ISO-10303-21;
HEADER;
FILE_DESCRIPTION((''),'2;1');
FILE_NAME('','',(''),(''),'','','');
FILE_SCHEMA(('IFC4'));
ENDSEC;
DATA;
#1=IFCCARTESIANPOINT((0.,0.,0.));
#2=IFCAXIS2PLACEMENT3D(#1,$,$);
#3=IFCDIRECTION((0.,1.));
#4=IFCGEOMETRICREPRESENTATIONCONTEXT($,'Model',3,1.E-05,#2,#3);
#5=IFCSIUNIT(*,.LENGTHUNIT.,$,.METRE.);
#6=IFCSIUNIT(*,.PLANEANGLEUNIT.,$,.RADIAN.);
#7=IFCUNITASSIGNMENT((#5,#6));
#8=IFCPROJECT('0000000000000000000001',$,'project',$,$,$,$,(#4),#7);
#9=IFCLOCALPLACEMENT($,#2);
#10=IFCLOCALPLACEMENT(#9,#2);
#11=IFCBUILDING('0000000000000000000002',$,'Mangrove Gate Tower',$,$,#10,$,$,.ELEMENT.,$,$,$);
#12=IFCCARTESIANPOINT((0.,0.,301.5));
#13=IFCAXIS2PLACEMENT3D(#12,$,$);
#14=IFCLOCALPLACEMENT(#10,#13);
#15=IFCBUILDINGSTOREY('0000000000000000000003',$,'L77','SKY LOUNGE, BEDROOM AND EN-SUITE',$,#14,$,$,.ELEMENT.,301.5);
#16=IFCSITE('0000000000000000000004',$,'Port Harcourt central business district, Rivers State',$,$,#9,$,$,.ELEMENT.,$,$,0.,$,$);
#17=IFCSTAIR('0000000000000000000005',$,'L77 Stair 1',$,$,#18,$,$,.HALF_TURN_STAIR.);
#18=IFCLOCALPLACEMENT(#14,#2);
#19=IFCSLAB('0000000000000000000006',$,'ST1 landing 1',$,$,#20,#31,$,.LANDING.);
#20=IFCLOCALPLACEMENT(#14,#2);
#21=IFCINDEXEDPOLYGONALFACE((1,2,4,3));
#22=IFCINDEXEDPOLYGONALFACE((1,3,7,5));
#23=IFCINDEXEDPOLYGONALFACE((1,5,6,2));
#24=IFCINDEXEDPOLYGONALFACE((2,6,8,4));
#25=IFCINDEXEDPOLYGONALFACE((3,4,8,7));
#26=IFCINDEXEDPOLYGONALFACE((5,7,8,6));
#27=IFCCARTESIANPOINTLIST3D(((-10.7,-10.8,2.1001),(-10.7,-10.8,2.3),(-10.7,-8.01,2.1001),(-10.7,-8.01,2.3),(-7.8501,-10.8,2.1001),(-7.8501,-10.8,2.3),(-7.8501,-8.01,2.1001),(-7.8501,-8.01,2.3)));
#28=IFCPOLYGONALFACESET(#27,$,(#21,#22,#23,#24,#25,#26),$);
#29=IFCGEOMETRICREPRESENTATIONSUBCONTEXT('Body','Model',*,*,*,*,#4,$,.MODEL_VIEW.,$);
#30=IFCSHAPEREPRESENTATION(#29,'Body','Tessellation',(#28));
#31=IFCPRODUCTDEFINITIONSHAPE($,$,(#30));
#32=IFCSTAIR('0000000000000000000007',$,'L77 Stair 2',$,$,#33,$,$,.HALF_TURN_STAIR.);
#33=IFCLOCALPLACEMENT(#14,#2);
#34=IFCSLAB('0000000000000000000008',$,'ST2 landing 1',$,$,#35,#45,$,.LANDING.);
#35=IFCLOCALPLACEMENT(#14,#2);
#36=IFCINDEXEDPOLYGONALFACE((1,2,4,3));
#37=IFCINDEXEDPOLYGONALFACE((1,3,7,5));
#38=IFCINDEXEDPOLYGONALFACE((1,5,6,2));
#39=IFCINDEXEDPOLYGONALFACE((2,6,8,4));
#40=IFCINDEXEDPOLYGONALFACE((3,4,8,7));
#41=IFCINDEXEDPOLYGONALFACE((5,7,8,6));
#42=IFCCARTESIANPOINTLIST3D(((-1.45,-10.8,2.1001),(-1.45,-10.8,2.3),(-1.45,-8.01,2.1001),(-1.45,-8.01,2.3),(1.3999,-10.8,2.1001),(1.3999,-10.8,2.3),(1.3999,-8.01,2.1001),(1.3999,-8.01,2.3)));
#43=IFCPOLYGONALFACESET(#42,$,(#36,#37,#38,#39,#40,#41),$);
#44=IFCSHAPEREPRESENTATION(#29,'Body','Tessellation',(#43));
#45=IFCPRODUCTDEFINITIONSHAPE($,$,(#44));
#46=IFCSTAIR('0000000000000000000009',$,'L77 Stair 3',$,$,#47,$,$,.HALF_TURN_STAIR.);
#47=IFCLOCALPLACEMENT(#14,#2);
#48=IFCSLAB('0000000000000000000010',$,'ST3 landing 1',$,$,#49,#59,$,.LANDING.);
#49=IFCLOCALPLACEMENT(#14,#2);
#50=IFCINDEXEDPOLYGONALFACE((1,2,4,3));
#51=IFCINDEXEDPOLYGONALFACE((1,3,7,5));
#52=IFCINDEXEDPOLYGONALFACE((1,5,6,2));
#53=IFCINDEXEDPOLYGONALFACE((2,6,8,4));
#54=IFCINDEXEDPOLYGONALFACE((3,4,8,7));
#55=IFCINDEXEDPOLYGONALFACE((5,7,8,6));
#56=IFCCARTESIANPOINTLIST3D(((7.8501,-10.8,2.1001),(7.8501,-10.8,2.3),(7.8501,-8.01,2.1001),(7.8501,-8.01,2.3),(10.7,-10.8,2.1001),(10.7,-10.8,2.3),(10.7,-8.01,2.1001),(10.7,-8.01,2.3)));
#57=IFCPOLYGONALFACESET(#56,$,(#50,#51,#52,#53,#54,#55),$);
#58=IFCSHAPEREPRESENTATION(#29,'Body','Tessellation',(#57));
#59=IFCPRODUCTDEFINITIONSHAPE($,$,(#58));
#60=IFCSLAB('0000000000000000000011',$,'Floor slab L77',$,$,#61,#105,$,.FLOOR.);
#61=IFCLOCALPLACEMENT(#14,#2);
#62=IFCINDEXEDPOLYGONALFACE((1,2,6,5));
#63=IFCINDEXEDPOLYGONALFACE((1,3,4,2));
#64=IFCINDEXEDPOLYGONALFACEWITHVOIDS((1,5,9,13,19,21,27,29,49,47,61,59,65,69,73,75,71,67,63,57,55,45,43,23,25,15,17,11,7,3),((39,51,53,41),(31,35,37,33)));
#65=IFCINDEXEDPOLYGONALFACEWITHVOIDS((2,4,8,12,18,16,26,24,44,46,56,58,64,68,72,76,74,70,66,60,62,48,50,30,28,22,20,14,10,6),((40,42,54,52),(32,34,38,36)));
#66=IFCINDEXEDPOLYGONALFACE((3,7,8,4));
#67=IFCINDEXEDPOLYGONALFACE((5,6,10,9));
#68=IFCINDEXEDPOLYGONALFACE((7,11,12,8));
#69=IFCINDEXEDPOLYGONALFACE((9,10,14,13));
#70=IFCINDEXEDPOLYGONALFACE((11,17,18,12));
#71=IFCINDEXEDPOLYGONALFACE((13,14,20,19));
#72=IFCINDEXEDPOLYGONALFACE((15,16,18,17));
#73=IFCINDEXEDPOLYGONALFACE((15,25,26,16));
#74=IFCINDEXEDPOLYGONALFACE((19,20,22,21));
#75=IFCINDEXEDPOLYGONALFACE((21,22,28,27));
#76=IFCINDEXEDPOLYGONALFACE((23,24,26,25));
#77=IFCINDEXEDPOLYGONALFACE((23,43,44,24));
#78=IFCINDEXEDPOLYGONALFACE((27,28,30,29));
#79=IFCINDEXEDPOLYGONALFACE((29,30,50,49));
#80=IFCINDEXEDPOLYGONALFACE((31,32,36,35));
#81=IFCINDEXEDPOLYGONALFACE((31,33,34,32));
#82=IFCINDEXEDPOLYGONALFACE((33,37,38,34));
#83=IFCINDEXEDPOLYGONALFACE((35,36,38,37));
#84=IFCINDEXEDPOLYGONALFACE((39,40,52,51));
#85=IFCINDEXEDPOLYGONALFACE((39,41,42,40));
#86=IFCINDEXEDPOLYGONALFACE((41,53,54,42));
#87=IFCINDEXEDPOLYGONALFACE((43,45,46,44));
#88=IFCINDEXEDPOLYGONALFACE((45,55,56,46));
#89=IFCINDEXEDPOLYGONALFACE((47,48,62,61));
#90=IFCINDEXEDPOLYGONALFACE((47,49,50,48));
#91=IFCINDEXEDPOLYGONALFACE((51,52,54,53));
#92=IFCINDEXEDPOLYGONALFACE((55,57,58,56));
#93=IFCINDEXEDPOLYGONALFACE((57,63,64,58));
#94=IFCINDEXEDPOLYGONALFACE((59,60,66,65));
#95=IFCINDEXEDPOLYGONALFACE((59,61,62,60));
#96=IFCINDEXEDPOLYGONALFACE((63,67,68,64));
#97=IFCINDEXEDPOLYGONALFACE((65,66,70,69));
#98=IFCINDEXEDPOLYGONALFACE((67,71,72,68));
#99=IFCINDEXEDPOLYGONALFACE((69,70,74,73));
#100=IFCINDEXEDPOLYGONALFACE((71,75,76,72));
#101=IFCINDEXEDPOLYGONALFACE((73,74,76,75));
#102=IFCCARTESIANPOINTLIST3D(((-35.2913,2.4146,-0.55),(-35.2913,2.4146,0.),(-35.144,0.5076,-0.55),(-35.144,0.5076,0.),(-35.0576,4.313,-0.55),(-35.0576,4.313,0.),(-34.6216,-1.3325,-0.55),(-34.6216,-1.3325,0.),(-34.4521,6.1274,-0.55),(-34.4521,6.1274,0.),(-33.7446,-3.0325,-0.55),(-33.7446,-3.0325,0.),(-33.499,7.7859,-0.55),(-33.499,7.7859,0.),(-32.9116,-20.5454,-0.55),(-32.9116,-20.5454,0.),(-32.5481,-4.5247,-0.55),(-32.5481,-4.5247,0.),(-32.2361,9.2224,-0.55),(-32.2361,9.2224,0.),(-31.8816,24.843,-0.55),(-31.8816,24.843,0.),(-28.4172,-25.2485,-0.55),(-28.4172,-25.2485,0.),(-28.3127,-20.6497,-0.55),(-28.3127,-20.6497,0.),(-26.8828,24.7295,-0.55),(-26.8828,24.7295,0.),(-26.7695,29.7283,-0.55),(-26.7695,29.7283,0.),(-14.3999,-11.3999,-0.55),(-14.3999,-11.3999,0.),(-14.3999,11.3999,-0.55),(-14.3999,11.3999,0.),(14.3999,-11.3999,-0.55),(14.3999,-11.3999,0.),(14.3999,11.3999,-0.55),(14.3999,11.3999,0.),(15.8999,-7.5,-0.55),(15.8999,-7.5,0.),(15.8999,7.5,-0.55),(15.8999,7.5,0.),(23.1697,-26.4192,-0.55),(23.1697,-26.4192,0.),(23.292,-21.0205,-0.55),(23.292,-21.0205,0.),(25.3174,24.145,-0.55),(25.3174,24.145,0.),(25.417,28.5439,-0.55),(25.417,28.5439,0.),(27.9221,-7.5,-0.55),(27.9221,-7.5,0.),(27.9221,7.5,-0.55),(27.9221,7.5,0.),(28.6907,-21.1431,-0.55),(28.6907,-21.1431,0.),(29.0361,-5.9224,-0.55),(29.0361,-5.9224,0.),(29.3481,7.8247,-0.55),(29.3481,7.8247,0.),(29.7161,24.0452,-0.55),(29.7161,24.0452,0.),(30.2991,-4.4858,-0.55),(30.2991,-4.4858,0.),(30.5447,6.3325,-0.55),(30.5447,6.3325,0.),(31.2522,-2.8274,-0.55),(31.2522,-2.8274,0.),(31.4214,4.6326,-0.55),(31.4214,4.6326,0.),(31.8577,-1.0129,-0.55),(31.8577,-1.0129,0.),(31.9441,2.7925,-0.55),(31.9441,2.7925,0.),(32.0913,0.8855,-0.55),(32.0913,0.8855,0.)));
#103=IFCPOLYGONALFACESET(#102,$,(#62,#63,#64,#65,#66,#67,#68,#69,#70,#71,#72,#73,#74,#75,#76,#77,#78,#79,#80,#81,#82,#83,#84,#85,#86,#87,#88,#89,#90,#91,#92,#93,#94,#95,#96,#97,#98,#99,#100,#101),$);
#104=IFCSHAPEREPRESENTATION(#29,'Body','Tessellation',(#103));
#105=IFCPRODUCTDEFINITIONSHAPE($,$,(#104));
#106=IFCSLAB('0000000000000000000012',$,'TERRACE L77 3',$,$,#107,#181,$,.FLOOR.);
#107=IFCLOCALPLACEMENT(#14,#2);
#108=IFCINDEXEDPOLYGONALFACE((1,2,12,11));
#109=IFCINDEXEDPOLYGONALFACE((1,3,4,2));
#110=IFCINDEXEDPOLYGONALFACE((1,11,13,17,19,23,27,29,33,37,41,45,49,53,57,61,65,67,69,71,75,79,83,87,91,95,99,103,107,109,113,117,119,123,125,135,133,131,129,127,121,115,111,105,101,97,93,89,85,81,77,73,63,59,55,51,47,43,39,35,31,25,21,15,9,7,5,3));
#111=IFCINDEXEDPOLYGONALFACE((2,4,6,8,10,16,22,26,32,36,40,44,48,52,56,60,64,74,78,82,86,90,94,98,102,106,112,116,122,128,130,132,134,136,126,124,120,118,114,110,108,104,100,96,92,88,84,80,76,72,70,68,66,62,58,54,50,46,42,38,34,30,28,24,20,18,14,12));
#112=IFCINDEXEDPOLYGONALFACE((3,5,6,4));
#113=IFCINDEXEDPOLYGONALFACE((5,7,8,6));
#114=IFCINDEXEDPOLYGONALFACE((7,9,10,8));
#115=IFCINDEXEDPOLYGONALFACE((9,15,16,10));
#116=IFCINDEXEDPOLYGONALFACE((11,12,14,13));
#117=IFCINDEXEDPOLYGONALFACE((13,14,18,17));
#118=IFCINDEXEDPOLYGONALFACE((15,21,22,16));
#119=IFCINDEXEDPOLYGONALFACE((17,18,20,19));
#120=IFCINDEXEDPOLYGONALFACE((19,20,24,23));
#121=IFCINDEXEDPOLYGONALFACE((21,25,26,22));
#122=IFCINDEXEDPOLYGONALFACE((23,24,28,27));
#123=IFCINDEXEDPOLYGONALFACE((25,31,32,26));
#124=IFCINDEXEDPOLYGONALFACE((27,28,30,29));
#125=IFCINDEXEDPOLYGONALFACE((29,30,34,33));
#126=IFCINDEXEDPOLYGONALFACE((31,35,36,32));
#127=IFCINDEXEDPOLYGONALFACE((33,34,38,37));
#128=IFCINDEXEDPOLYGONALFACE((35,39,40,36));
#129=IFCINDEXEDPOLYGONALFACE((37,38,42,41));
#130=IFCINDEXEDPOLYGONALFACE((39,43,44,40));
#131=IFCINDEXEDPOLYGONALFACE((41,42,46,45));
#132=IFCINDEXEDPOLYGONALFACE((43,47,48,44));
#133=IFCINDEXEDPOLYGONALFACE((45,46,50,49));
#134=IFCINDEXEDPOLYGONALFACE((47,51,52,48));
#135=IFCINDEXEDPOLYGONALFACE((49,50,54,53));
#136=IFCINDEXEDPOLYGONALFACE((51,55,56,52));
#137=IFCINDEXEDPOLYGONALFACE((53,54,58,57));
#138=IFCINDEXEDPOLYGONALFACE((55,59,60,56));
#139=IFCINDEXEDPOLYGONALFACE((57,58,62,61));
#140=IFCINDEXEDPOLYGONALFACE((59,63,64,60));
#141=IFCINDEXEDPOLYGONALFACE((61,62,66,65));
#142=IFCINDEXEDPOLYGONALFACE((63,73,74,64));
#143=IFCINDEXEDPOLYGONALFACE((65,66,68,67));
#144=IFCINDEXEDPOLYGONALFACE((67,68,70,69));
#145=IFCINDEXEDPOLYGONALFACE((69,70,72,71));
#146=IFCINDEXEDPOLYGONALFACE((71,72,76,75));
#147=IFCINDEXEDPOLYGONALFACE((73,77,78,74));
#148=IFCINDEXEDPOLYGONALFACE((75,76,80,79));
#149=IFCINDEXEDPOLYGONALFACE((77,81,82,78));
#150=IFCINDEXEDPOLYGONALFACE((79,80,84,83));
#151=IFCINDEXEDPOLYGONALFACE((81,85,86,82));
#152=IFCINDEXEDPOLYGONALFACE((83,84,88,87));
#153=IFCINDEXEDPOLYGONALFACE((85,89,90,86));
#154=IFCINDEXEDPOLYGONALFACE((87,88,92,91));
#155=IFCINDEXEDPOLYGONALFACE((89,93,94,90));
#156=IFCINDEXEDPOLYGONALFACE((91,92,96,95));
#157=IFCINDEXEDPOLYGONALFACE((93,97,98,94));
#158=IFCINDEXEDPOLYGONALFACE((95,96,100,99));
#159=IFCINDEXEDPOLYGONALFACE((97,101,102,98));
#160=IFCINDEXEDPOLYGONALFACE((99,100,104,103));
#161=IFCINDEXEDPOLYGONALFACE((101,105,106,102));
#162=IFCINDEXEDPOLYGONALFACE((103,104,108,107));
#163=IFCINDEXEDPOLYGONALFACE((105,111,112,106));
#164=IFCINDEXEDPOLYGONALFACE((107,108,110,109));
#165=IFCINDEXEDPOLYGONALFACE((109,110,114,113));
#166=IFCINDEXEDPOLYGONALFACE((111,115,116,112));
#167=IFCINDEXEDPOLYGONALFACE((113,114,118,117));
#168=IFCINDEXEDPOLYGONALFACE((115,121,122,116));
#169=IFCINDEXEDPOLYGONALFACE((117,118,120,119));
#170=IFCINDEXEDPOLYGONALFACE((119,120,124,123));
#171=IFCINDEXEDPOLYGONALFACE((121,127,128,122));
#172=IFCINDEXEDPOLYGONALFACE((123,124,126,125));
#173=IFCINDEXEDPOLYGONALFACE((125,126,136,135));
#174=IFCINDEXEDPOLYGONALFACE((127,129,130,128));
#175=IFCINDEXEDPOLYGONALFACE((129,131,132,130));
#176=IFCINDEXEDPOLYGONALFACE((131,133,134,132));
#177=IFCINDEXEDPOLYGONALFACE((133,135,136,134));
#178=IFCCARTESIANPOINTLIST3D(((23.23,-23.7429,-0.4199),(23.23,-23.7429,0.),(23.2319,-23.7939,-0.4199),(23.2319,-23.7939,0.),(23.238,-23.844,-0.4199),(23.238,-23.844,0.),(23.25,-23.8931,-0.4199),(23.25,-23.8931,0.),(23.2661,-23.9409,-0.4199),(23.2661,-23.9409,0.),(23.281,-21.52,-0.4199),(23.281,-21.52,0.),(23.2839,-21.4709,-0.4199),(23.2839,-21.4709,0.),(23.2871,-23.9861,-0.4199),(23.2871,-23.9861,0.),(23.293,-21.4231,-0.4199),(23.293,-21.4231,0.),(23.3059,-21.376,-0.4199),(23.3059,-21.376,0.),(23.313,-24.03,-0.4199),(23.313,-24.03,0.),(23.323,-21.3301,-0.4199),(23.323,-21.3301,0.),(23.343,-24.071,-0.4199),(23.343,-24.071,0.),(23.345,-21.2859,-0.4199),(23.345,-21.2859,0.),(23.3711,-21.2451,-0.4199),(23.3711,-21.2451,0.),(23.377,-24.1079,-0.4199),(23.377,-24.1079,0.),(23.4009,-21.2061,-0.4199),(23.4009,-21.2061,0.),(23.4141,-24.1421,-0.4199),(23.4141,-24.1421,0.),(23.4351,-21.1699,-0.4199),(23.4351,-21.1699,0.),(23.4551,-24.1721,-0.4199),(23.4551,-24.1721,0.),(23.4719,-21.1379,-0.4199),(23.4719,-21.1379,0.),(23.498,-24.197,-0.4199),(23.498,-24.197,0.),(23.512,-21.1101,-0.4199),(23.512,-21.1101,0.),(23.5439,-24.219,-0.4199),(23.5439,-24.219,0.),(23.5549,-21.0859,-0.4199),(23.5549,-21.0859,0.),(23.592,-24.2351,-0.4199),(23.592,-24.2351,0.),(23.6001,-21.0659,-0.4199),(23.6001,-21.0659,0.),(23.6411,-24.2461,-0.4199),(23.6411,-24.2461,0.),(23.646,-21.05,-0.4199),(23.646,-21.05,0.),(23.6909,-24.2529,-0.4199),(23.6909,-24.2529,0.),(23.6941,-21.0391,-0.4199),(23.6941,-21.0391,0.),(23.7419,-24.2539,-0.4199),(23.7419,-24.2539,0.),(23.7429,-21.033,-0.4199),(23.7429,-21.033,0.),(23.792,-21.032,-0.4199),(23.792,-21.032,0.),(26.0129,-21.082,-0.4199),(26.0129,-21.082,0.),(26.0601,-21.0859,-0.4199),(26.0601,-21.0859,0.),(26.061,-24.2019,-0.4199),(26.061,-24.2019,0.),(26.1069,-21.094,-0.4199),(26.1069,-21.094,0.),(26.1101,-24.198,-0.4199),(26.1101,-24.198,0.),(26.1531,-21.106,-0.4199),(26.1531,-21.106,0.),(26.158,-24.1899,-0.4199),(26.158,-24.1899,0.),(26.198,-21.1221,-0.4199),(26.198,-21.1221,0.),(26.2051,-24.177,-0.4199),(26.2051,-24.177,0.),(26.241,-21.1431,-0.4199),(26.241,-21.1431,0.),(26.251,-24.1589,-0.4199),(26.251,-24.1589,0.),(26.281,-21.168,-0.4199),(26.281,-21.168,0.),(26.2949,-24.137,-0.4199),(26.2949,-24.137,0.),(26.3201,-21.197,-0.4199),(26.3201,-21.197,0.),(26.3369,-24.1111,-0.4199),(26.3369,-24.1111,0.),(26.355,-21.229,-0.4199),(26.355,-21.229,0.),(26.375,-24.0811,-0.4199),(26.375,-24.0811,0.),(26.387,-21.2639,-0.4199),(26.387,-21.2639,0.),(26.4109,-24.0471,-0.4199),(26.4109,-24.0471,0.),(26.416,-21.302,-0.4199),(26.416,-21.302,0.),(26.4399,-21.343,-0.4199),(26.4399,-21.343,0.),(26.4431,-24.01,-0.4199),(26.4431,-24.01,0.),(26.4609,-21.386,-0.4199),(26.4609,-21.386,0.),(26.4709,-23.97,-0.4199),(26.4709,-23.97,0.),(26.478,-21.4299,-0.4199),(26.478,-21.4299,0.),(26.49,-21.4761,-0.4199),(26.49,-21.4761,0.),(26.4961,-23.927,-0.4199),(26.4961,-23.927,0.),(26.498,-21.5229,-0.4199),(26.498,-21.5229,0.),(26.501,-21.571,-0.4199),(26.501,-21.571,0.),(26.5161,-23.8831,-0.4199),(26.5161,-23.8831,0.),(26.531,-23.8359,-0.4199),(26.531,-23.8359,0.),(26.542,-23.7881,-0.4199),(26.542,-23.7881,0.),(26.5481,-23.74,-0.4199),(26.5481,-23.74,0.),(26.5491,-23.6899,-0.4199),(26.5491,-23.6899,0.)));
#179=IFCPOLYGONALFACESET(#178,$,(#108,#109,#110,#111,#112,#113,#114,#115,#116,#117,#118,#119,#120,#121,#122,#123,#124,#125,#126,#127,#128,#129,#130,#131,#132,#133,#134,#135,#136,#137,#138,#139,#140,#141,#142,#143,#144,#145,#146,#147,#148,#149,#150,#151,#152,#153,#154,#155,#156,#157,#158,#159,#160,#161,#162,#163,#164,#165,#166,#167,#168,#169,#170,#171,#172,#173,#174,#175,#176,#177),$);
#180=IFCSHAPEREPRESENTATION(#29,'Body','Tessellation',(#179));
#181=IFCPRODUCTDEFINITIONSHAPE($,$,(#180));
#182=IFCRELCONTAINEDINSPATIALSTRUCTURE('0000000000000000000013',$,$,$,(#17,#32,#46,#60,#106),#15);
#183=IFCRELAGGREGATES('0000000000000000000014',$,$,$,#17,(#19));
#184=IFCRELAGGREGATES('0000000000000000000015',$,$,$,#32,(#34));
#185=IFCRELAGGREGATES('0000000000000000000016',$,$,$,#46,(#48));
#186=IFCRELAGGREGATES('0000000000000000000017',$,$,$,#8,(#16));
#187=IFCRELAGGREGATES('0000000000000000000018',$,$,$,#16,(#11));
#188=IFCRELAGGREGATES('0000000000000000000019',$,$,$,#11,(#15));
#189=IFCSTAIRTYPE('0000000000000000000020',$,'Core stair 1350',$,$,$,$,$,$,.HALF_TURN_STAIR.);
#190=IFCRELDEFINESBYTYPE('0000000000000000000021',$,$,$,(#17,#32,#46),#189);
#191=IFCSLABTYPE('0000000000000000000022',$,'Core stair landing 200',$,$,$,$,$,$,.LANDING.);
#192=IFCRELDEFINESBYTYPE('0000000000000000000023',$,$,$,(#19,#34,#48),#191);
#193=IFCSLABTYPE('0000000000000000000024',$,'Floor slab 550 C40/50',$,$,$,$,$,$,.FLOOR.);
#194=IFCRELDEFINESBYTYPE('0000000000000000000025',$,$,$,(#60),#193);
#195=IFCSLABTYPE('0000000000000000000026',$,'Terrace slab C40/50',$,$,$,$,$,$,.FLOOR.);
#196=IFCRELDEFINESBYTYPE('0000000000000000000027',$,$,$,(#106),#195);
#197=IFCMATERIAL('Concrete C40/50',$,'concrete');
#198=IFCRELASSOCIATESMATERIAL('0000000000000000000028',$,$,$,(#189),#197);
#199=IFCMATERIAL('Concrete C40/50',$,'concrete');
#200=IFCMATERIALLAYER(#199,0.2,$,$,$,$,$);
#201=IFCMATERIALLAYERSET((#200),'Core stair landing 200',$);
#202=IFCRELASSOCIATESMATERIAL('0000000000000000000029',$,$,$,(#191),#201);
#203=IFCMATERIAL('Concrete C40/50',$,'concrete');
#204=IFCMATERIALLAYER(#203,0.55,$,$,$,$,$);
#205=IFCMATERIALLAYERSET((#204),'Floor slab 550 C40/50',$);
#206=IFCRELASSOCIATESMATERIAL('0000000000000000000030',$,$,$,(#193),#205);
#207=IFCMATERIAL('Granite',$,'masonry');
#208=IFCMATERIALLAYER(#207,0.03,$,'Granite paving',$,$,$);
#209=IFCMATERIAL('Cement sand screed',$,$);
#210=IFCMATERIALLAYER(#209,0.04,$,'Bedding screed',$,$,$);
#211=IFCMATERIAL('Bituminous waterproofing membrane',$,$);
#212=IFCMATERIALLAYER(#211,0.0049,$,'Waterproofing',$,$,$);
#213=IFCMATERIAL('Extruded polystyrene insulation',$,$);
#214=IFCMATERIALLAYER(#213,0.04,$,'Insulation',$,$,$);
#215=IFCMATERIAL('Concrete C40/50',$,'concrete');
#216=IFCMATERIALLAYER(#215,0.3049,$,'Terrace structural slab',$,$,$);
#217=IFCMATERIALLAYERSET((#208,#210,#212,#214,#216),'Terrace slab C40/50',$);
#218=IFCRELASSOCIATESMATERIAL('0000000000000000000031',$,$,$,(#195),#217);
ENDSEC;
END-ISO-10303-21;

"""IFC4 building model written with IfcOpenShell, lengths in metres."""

from ifc_helpers import new_model, si_unit, direction, frame, origin, place, context, subcontext, project, spatial, polyline, outline, extrude, material, layer, layer_set, type_object, element, aggregate, save


model = new_model("IFC4")

# Units and contexts
model_context = context("Model", 3, precision=1e-05, world=origin(), true_north=direction((0.0, 1.0)))
body_context = subcontext(model_context, "Body", "Model", "MODEL_VIEW")
ifc_project = project(units=[si_unit("LENGTHUNIT", "METRE"), si_unit("PLANEANGLEUNIT", "RADIAN")], contexts=[model_context])

# Site, building, storey
site_placement = place(None, origin())
site = spatial("IfcSite", under=ifc_project, at=site_placement, Name="Port Harcourt central business district, Rivers State", CompositionType="ELEMENT", RefElevation=0.0)
building_placement = place(site_placement, origin())
building = spatial("IfcBuilding", under=site, at=building_placement, Name="Mangrove Gate Tower", CompositionType="ELEMENT")
storey_placement = place(building_placement, frame((0.0, 0.0, 301.5)))
storey = spatial("IfcBuildingStorey", under=building, at=storey_placement, Name="L77", Description="SKY LOUNGE, BEDROOM AND EN-SUITE", CompositionType="ELEMENT", Elevation=301.5)

# Shared definitions
ifc_material_1 = material(Name="Cement sand screed")
ifc_material_2 = material(Name="Bituminous waterproofing membrane")
ifc_material_3 = material(Name="Concrete C40/50", Category="concrete")

# Stairs, slabs
ifc_material_4 = material(Name="Concrete C40/50", Category="concrete")
stair_type = type_object("IfcStairType", Name="Core stair 1350", PredefinedType="HALF_TURN_STAIR", material=ifc_material_4)
stair_1_placement = place(storey_placement, origin())
stair_1 = element("IfcStair", 1, at=stair_1_placement, inside=storey, type_object=stair_type, Name="L77 Stair 1", PredefinedType="HALF_TURN_STAIR")
ifc_material_5 = material(Name="Concrete C40/50", Category="concrete")
ifc_layer_1 = layer(ifc_material_5, 0.2)
ifc_layer_set_1 = layer_set([ifc_layer_1], Name="Core stair landing 200")
slab_type_1 = type_object("IfcSlabType", Name="Core stair landing 200", PredefinedType="LANDING", material=ifc_layer_set_1)
slab_1_placement = place(storey_placement, frame((0.0, 0.0, 2.1001)))
slab_1 = element("IfcSlab", 2, at=slab_1_placement, type_object=slab_type_1, Name="ST1 landing 1", PredefinedType="LANDING", context=body_context, shape_type="SweptSolid", body=[
    extrude(outline(polyline([(-10.7, -8.01), (-10.7, -10.8), (-7.8501, -10.8), (-7.8501, -8.01), (-10.7, -8.01)])), origin(), (0.0, 0.0, 1.0), 0.2),
])
aggregate(stair_1, [slab_1])
stair_2_placement = place(storey_placement, origin())
stair_2 = element("IfcStair", 3, at=stair_2_placement, inside=storey, type_object=stair_type, Name="L77 Stair 2", PredefinedType="HALF_TURN_STAIR")
slab_2_placement = place(storey_placement, frame((0.0, 0.0, 2.1001)))
slab_2 = element("IfcSlab", 4, at=slab_2_placement, type_object=slab_type_1, Name="ST2 landing 1", PredefinedType="LANDING", context=body_context, shape_type="SweptSolid", body=[
    extrude(outline(polyline([(-1.45, -8.01), (-1.45, -10.8), (1.3999, -10.8), (1.3999, -8.01), (-1.45, -8.01)])), origin(), (0.0, 0.0, 1.0), 0.2),
])
aggregate(stair_2, [slab_2])
stair_3_placement = place(storey_placement, origin())
stair_3 = element("IfcStair", 5, at=stair_3_placement, inside=storey, type_object=stair_type, Name="L77 Stair 3", PredefinedType="HALF_TURN_STAIR")
slab_3_placement = place(storey_placement, frame((0.0, 0.0, 2.1001)))
slab_3 = element("IfcSlab", 6, at=slab_3_placement, type_object=slab_type_1, Name="ST3 landing 1", PredefinedType="LANDING", context=body_context, shape_type="SweptSolid", body=[
    extrude(outline(polyline([(7.8501, -8.01), (7.8501, -10.8), (10.7, -10.8), (10.7, -8.01), (7.8501, -8.01)])), origin(), (0.0, 0.0, 1.0), 0.2),
])
aggregate(stair_3, [slab_3])

# Slabs
ifc_material_6 = material(Name="Concrete C40/50", Category="concrete")
ifc_layer_2 = layer(ifc_material_6, 0.55)
ifc_layer_set_2 = layer_set([ifc_layer_2], Name="Floor slab 550 C40/50")
slab_type_2 = type_object("IfcSlabType", Name="Floor slab 550 C40/50", PredefinedType="FLOOR", material=ifc_layer_set_2)
slab_4_placement = place(storey_placement, frame((0.0, 0.0, -0.55)))
element("IfcSlab", 7, at=slab_4_placement, inside=storey, type_object=slab_type_2, Name="Floor slab L77", PredefinedType="FLOOR", context=body_context, shape_type="SweptSolid", body=[
    extrude(outline(polyline([(-28.4172, -25.2485), (23.1697, -26.4192), (23.292, -21.0205), (28.6907, -21.1431), (29.0361, -5.9224), (30.2991, -4.4858), (31.2522, -2.8274), (31.8577, -1.0129), (32.0913, 0.8855), (31.9441, 2.7925), (31.4214, 4.6326), (30.5447, 6.3325), (29.3481, 7.8247), (29.7161, 24.0452), (25.3174, 24.145), (25.417, 28.5439), (-26.7695, 29.7283), (-26.8828, 24.7295), (-31.8816, 24.843), (-32.2361, 9.2224), (-33.499, 7.7859), (-34.4521, 6.1274), (-35.0576, 4.313), (-35.2913, 2.4146), (-35.144, 0.5076), (-34.6216, -1.3325), (-33.7446, -3.0325), (-32.5481, -4.5247), (-32.9116, -20.5454), (-28.3127, -20.6497), (-28.4172, -25.2485)]), holes=[polyline([(15.8999, 7.5), (27.9221, 7.5), (27.9221, -7.5), (15.8999, -7.5), (15.8999, 7.5)]), polyline([(-14.3999, -11.3999), (-14.3999, 11.3999), (14.3999, 11.3999), (14.3999, -11.3999), (-14.3999, -11.3999)])]), origin(), (0.0, 0.0, 1.0), 0.55),
])
ifc_material_7 = material(Name="Granite", Category="masonry")
ifc_layer_3 = layer(ifc_material_7, 0.03, Name="Granite paving")
ifc_layer_4 = layer(ifc_material_1, 0.04, Name="Bedding screed")
ifc_layer_5 = layer(ifc_material_2, 0.0049, Name="Waterproofing")
ifc_material_8 = material(Name="Extruded polystyrene insulation")
ifc_layer_6 = layer(ifc_material_8, 0.04, Name="Insulation")
ifc_layer_7 = layer(ifc_material_3, 0.3049, Name="Terrace structural slab")
ifc_layer_set_3 = layer_set([ifc_layer_3, ifc_layer_4, ifc_layer_5, ifc_layer_6, ifc_layer_7], Name="Terrace slab C40/50")
slab_type_3 = type_object("IfcSlabType", Name="Terrace slab C40/50", PredefinedType="FLOOR", material=ifc_layer_set_3)
slab_5_placement = place(storey_placement, frame((0.0, 0.0, -0.4199)))
element("IfcSlab", 8, at=slab_5_placement, inside=storey, type_object=slab_type_3, Name="TERRACE L77 3", PredefinedType="FLOOR", context=body_context, shape_type="SweptSolid", body=[
    extrude(outline(polyline([(26.5491, -23.6899), (26.501, -21.571), (26.498, -21.5229), (26.49, -21.4761), (26.478, -21.4299), (26.4609, -21.386), (26.4399, -21.343), (26.416, -21.302), (26.387, -21.2639), (26.355, -21.229), (26.3201, -21.197), (26.281, -21.168), (26.241, -21.1431), (26.198, -21.1221), (26.1531, -21.106), (26.1069, -21.094), (26.0601, -21.0859), (26.0129, -21.082), (23.792, -21.032), (23.7429, -21.033), (23.6941, -21.0391), (23.646, -21.05), (23.6001, -21.0659), (23.5549, -21.0859), (23.512, -21.1101), (23.4719, -21.1379), (23.4351, -21.1699), (23.4009, -21.2061), (23.3711, -21.2451), (23.345, -21.2859), (23.323, -21.3301), (23.3059, -21.376), (23.293, -21.4231), (23.2839, -21.4709), (23.281, -21.52), (23.23, -23.7429), (23.2319, -23.7939), (23.238, -23.844), (23.25, -23.8931), (23.2661, -23.9409), (23.2871, -23.9861), (23.313, -24.03), (23.343, -24.071), (23.377, -24.1079), (23.4141, -24.1421), (23.4551, -24.1721), (23.498, -24.197), (23.5439, -24.219), (23.592, -24.2351), (23.6411, -24.2461), (23.6909, -24.2529), (23.7419, -24.2539), (26.061, -24.2019), (26.1101, -24.198), (26.158, -24.1899), (26.2051, -24.177), (26.251, -24.1589), (26.2949, -24.137), (26.3369, -24.1111), (26.375, -24.0811), (26.4109, -24.0471), (26.4431, -24.01), (26.4709, -23.97), (26.4961, -23.927), (26.5161, -23.8831), (26.531, -23.8359), (26.542, -23.7881), (26.5481, -23.74), (26.5491, -23.6899)])), origin(), (0.0, 0.0, 1.0), 0.4199),
])

save(model, "model.ifc")
